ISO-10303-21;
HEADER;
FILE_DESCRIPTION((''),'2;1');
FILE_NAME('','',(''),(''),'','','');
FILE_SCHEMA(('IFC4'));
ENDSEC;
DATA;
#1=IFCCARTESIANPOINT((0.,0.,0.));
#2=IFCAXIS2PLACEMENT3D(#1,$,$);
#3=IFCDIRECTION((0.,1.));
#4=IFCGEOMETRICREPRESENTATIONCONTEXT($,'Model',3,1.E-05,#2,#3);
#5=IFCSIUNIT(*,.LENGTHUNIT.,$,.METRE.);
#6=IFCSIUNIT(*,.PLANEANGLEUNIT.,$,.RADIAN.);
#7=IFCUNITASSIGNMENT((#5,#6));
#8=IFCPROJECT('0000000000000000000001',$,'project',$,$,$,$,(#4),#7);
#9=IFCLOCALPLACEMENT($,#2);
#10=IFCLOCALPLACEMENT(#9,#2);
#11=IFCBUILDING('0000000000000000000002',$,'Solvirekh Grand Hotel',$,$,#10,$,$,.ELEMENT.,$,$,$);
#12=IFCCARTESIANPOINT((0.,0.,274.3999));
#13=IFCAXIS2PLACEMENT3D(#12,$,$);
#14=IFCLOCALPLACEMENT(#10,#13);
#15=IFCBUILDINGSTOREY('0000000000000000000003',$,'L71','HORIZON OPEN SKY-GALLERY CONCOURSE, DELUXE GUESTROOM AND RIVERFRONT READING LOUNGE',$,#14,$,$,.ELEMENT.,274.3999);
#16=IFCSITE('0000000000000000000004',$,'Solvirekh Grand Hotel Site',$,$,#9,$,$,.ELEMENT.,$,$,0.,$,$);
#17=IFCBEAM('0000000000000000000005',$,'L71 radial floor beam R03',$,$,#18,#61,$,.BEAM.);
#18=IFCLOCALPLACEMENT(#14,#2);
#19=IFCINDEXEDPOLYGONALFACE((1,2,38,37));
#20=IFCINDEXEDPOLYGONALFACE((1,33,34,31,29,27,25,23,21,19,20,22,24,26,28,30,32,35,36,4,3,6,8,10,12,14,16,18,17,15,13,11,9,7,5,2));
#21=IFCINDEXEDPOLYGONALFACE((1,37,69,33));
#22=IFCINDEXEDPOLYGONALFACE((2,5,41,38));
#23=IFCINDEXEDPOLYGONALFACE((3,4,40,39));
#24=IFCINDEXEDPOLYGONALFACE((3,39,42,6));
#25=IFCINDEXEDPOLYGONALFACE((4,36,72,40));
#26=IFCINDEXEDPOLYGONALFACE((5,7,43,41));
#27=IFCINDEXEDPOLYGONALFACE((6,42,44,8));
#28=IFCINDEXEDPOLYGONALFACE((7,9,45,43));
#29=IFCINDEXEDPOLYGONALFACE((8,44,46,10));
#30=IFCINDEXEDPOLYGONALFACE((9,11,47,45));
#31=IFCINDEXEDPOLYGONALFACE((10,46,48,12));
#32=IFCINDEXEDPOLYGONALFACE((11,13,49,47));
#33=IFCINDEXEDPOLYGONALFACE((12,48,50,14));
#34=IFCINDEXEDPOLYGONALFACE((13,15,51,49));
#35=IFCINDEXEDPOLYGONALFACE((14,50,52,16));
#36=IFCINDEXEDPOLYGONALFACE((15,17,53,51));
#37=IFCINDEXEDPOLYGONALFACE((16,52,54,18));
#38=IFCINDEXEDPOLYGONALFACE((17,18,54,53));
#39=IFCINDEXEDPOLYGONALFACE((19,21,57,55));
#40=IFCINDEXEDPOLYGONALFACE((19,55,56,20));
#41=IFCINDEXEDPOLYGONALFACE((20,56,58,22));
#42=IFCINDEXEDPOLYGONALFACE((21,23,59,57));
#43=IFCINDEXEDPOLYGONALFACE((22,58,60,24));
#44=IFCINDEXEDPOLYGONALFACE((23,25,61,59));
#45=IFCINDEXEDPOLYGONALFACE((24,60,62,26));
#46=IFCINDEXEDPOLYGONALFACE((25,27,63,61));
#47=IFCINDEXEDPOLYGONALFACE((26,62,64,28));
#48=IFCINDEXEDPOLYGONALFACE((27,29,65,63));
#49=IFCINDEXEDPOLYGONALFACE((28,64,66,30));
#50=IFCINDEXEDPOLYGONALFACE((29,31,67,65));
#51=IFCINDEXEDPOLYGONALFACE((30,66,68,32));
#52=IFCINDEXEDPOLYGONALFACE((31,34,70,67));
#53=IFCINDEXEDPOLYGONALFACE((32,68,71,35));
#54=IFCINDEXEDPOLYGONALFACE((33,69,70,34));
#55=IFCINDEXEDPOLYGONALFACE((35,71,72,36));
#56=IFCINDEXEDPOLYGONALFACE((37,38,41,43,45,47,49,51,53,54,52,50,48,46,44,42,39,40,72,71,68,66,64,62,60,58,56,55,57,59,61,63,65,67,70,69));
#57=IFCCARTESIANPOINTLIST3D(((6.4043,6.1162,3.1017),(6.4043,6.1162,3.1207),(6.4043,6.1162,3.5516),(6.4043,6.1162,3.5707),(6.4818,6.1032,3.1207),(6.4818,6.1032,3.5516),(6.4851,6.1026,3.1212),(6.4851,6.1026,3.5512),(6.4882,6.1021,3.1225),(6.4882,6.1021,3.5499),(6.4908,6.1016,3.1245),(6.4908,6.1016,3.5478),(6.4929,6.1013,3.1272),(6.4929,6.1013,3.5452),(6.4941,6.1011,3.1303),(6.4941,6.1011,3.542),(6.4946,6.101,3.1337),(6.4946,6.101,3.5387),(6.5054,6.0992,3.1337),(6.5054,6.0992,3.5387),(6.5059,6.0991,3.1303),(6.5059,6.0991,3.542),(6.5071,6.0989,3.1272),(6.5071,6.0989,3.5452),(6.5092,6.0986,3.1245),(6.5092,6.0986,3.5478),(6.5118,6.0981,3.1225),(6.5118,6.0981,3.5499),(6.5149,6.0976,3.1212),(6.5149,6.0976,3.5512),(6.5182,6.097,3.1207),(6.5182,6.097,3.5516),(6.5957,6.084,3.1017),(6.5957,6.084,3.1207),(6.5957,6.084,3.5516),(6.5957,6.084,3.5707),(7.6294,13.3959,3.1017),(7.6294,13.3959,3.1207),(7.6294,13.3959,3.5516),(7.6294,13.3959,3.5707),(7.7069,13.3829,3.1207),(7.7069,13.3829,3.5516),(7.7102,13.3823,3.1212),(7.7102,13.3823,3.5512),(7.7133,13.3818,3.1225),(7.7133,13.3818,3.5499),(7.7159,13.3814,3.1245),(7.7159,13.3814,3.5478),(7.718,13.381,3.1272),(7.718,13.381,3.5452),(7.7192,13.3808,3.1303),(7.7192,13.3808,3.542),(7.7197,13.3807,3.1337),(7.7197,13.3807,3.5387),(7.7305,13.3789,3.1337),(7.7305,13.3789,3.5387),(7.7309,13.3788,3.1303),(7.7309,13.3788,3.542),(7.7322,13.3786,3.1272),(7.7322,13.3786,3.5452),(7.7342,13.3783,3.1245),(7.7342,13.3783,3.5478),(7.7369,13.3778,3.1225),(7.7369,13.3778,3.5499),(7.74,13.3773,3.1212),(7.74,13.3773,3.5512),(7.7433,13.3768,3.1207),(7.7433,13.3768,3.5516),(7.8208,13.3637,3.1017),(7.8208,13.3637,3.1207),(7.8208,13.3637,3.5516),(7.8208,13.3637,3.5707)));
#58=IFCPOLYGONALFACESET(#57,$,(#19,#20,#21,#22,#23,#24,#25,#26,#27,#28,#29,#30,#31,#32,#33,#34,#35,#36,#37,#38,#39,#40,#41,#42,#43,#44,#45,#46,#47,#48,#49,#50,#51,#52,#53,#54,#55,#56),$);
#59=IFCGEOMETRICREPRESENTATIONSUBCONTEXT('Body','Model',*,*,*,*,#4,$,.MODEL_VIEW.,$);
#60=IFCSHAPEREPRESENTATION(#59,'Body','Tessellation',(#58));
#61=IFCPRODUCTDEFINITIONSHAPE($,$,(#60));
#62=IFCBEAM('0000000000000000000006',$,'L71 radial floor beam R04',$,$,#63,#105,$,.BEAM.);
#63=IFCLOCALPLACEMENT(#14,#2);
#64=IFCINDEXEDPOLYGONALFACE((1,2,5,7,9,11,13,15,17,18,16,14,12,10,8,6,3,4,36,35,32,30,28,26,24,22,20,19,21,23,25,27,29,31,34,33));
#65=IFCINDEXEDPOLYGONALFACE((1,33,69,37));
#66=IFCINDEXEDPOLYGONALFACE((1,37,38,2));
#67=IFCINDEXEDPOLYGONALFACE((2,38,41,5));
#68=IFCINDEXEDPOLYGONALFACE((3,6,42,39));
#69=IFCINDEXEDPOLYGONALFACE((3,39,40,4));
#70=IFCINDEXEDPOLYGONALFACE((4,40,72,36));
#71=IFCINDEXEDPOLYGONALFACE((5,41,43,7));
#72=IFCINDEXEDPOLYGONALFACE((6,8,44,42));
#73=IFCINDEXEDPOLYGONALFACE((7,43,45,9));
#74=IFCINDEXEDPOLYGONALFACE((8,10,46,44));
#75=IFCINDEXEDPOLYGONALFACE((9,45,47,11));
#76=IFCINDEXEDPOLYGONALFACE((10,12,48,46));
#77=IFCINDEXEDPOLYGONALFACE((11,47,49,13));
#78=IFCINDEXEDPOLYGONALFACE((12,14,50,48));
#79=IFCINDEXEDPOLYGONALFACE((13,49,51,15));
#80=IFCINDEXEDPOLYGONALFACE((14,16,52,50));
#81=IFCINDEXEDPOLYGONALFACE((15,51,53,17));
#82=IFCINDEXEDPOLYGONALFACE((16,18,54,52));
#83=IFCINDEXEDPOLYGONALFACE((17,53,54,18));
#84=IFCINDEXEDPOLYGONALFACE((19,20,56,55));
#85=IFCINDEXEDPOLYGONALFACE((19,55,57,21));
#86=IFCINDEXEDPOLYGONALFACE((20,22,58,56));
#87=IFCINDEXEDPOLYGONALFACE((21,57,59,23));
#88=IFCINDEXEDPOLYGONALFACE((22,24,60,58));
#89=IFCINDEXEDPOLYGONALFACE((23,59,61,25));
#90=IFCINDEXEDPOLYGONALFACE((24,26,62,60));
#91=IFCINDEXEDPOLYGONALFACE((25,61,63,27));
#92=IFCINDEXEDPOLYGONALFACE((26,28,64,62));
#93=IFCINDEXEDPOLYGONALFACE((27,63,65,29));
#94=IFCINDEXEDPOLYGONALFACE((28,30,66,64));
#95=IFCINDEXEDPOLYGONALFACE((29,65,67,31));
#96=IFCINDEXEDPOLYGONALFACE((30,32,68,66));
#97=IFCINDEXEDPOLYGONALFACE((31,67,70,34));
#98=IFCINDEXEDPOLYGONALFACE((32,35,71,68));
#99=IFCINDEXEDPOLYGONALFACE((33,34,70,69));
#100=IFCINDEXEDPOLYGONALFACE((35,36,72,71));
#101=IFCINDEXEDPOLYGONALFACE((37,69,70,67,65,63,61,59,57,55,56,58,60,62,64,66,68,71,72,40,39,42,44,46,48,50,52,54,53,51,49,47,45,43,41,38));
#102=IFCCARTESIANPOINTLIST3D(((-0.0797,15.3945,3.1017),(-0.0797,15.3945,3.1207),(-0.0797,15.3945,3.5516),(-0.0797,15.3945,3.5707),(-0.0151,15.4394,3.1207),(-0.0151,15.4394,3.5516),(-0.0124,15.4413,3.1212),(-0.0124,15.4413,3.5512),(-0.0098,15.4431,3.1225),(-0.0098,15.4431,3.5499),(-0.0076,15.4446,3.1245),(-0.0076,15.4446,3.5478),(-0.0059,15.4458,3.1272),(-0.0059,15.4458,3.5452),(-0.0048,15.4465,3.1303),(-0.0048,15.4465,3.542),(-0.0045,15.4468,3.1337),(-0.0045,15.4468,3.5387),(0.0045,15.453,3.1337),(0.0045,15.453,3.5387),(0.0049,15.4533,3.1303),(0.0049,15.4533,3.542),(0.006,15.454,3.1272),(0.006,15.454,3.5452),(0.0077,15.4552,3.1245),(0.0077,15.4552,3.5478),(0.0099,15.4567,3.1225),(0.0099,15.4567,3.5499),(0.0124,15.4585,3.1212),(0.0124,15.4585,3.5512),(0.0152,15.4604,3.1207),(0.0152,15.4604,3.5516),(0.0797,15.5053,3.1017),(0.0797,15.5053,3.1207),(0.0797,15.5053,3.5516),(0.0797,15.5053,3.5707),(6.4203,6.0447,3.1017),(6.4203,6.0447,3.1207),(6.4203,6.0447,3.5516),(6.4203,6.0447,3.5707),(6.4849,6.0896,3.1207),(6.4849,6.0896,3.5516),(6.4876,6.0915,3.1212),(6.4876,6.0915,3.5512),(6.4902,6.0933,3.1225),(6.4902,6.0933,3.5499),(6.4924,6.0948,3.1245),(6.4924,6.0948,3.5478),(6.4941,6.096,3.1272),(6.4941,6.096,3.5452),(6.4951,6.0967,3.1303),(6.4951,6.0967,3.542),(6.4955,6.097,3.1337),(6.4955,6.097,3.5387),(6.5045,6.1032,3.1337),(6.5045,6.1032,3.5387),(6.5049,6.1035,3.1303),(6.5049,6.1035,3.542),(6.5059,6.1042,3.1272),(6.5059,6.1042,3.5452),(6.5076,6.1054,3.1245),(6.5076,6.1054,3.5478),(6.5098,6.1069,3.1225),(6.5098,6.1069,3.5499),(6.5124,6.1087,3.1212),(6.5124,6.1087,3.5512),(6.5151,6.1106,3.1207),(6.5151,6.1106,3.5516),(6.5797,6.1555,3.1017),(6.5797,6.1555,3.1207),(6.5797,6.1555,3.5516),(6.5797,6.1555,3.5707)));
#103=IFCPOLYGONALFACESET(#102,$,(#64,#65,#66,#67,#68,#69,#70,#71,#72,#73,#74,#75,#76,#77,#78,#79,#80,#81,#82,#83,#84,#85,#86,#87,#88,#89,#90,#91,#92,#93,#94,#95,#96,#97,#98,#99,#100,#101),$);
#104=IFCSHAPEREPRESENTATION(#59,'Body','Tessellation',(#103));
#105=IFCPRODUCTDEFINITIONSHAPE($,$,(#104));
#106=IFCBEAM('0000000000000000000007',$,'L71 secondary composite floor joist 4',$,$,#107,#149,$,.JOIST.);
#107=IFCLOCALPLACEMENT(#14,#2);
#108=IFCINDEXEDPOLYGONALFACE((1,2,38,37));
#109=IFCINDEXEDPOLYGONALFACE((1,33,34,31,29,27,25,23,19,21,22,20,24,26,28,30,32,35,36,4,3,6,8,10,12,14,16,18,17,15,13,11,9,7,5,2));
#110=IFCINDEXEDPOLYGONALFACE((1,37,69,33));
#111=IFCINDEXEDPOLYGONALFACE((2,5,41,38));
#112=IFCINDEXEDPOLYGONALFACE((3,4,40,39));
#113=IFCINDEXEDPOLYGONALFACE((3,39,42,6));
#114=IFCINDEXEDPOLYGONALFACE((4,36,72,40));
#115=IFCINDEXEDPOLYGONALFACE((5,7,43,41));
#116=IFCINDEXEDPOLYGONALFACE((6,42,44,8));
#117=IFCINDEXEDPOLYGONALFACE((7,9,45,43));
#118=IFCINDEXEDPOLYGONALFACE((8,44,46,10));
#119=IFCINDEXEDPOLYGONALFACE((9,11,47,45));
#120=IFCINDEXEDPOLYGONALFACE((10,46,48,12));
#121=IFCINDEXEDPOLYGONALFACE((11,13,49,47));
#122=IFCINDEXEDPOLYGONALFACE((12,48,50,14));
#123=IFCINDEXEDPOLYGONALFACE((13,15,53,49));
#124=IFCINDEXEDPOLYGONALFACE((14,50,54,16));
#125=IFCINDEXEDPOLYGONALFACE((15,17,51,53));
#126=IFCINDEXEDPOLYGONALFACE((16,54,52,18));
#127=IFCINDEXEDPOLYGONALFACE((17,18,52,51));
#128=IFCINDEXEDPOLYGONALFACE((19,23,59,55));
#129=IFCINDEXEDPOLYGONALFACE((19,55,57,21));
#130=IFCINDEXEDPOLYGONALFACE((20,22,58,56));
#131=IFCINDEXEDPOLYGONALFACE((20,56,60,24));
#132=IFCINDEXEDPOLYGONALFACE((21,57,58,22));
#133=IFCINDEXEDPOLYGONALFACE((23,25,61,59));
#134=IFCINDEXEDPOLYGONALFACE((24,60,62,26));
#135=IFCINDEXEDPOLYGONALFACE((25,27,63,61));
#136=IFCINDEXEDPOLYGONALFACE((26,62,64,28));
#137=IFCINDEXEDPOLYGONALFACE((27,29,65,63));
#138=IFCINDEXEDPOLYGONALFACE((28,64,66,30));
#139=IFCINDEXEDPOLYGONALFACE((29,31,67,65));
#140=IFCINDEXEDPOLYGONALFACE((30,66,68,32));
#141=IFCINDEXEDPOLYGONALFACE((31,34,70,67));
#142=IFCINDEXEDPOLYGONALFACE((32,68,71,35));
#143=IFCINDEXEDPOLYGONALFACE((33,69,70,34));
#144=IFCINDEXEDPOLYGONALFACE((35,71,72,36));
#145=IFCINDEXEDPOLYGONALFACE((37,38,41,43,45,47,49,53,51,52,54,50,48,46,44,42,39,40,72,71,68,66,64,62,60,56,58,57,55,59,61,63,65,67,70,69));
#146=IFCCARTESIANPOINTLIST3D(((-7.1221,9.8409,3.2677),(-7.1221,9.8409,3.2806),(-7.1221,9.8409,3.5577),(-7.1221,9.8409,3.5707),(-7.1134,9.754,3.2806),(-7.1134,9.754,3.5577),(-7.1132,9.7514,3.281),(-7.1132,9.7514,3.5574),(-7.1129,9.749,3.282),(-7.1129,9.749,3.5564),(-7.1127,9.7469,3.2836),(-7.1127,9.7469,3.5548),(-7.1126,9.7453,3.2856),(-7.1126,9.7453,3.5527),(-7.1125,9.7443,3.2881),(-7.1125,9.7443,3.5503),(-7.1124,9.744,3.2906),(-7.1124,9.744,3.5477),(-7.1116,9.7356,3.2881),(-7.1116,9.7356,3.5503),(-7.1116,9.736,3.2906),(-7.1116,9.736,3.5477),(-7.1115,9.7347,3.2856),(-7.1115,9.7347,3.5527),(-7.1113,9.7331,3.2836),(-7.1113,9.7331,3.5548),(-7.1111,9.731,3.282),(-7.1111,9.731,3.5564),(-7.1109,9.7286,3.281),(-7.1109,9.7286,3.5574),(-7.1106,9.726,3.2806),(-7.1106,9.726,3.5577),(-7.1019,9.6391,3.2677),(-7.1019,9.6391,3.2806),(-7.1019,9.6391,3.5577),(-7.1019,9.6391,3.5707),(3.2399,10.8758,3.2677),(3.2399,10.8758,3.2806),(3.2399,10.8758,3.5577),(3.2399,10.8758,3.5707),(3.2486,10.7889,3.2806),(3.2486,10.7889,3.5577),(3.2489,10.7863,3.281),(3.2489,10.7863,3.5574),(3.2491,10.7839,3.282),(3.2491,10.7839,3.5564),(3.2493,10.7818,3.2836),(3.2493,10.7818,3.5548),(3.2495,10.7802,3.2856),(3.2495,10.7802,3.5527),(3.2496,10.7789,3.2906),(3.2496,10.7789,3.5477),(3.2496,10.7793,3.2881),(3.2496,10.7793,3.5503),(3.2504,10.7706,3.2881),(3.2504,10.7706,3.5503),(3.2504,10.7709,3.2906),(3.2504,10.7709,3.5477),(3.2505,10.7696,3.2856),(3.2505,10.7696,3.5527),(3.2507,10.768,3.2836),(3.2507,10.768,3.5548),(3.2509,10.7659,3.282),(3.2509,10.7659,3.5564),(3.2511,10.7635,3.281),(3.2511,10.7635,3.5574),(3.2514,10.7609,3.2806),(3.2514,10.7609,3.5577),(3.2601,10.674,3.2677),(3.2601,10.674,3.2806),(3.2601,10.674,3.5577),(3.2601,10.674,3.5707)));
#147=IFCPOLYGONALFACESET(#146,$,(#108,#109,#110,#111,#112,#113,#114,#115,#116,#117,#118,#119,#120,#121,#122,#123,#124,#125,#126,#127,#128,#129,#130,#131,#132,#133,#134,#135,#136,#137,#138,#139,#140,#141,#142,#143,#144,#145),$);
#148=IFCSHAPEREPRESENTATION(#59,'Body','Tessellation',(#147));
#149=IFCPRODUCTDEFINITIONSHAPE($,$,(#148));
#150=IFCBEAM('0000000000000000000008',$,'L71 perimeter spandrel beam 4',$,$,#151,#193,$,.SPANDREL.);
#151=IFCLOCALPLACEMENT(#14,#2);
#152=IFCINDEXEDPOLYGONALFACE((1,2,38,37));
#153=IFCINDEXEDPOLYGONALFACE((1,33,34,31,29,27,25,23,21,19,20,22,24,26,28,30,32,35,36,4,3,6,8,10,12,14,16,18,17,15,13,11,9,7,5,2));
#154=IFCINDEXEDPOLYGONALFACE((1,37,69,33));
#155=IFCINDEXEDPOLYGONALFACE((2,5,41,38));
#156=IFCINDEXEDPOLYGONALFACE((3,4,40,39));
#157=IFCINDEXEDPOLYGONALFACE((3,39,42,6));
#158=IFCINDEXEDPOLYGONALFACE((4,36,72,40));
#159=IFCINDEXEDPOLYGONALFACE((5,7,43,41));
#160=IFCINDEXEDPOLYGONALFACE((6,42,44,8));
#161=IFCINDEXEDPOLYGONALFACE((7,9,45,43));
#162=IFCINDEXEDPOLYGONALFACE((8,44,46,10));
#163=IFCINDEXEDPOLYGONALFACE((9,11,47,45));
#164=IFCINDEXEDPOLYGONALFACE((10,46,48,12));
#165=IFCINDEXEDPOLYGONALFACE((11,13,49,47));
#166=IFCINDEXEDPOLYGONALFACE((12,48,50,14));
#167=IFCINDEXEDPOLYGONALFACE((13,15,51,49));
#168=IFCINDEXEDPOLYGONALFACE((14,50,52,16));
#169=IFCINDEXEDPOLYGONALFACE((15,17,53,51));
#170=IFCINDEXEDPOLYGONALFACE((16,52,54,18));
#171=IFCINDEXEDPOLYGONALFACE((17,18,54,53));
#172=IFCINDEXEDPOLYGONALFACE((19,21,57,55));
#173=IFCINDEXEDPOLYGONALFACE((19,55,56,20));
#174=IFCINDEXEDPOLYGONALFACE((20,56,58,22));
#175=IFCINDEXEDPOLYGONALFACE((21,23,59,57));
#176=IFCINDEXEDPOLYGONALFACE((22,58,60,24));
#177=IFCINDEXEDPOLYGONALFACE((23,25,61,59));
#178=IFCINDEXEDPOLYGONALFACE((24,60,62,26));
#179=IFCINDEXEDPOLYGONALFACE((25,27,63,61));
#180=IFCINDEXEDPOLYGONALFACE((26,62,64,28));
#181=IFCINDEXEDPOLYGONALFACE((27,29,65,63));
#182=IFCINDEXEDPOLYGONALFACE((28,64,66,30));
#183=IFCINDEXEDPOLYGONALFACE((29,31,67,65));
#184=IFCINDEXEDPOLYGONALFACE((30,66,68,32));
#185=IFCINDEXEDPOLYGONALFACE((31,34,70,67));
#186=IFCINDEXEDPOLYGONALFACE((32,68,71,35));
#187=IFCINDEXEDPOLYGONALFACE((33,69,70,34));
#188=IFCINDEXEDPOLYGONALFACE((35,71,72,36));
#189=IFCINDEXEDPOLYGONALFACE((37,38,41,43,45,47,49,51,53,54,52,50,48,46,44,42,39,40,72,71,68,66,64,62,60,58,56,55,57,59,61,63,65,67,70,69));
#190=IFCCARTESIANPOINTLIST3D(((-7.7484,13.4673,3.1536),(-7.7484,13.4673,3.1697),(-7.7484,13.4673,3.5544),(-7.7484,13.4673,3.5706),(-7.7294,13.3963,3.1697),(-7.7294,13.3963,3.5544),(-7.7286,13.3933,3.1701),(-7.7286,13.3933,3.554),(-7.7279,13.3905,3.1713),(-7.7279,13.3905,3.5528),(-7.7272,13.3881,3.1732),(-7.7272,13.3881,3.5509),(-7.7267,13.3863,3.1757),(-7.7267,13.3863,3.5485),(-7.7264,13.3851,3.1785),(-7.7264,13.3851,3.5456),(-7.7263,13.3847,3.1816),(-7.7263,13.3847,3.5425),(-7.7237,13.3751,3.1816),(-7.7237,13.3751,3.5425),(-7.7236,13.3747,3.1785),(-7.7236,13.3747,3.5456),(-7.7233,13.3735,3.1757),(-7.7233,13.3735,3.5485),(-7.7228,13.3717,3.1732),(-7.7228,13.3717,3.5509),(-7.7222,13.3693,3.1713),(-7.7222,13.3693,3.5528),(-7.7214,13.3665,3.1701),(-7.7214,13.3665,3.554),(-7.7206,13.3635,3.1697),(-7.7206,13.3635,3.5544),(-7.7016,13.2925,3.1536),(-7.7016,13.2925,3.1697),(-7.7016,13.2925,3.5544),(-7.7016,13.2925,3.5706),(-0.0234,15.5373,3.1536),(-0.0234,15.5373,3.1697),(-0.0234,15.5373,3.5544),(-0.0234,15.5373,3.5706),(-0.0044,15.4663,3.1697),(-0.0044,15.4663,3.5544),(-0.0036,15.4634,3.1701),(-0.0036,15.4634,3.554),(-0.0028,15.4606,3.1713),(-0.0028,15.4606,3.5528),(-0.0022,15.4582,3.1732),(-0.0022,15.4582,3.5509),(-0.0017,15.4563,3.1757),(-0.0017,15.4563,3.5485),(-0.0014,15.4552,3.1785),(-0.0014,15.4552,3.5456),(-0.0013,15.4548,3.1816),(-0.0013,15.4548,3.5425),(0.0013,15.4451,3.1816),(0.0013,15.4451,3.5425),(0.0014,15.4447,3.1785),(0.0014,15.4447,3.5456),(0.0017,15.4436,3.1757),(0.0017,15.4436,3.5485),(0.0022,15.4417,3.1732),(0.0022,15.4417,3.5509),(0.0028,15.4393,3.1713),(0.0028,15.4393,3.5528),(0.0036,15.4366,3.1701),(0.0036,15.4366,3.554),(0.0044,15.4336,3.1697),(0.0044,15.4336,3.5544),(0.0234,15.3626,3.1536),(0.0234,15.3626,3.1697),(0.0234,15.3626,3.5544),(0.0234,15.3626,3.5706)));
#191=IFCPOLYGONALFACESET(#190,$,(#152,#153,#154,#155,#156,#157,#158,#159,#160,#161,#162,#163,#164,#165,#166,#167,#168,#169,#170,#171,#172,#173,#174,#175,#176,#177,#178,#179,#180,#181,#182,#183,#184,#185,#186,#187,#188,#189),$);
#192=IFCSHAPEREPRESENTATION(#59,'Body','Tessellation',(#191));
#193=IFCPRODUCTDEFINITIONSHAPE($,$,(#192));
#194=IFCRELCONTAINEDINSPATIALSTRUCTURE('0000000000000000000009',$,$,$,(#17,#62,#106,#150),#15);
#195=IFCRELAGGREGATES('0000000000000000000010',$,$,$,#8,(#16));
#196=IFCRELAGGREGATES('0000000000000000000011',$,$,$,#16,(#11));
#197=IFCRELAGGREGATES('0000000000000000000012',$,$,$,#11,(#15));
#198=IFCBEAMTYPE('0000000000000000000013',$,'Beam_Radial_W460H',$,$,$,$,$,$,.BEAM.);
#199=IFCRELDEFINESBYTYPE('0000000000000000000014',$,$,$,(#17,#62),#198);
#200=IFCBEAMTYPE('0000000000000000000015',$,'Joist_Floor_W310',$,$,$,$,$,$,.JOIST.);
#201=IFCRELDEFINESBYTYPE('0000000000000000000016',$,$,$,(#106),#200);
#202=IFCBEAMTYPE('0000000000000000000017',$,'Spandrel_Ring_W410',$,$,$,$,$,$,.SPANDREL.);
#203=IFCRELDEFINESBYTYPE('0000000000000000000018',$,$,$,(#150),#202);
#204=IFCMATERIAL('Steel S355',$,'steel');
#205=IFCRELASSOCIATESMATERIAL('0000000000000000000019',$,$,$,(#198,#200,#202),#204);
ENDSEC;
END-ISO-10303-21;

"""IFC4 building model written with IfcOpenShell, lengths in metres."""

from ifc_helpers import new_model, si_unit, direction, frame, origin, origin_2d, place, context, subcontext, project, spatial, i_section, extrude, material, material_profile, profile_set, type_object, element, save


model = new_model("IFC4")

# Units and contexts
model_context = context("Model", 3, precision=1e-05, world=origin(), true_north=direction((0.0, 1.0)))
body_context = subcontext(model_context, "Body", "Model", "MODEL_VIEW")
ifc_project = project(units=[si_unit("LENGTHUNIT", "METRE"), si_unit("PLANEANGLEUNIT", "RADIAN")], contexts=[model_context])

# Site, building, storey
site_placement = place(None, origin())
site = spatial("IfcSite", under=ifc_project, at=site_placement, Name="Solvirekh Grand Hotel Site", CompositionType="ELEMENT", RefElevation=0.0)
building_placement = place(site_placement, origin())
building = spatial("IfcBuilding", under=site, at=building_placement, Name="Solvirekh Grand Hotel", CompositionType="ELEMENT")
storey_placement = place(building_placement, frame((0.0, 0.0, 274.3999)))
storey = spatial("IfcBuildingStorey", under=building, at=storey_placement, Name="L71", Description="HORIZON OPEN SKY-GALLERY CONCOURSE, DELUXE GUESTROOM AND RIVERFRONT READING LOUNGE", CompositionType="ELEMENT", Elevation=274.3999)

# Beams
ifc_material_1 = material(Name="Steel S355", Category="steel")
ifc_material_profile_1 = material_profile(ifc_material_1, i_section(OverallWidth=0.1941, OverallDepth=0.469, WebThickness=0.011, FlangeThickness=0.019, FilletRadius=0.0129, at=origin_2d()), Name="W460X106")
ifc_profile_set_1 = profile_set([ifc_material_profile_1], Name="Steel S355")
beam_type_1 = type_object("IfcBeamType", Name="Beam_Radial_W460H", PredefinedType="BEAM", material=ifc_profile_set_1)
beam_1_placement = place(storey_placement, frame((6.5, 6.1001, 3.3362), z_axis=(0.165954, 0.986133, 0.0), x_axis=(-0.986133, 0.165954, 0.0)))
element("IfcBeam", 1, at=beam_1_placement, inside=storey, type_object=beam_type_1, Name="L71 radial floor beam R03", PredefinedType="BEAM", context=body_context, shape_type="SweptSolid", body=[
    extrude(i_section(OverallWidth=0.1941, OverallDepth=0.469, WebThickness=0.011, FlangeThickness=0.019, FilletRadius=0.0129, at=origin_2d()), origin(), (0.0, 0.0, 1.0), 7.3821),
])
beam_2_placement = place(storey_placement, frame((6.5, 6.1001, 3.3362), z_axis=(-0.570813, 0.82108, 0.0), x_axis=(-0.82108, -0.570813, 0.0)))
element("IfcBeam", 2, at=beam_2_placement, inside=storey, type_object=beam_type_1, Name="L71 radial floor beam R04", PredefinedType="BEAM", context=body_context, shape_type="SweptSolid", body=[
    extrude(i_section(OverallWidth=0.1941, OverallDepth=0.469, WebThickness=0.011, FlangeThickness=0.019, FilletRadius=0.0129, at=origin_2d()), origin(), (0.0, 0.0, 1.0), 11.3872),
])
ifc_material_profile_2 = material_profile(ifc_material_1, i_section(OverallWidth=0.2029, OverallDepth=0.303, WebThickness=0.0081, FlangeThickness=0.0129, FilletRadius=0.01, at=origin_2d()), Name="W310X60")
ifc_profile_set_2 = profile_set([ifc_material_profile_2], Name="Steel S355")
beam_type_2 = type_object("IfcBeamType", Name="Joist_Floor_W310", PredefinedType="JOIST", material=ifc_profile_set_2)
beam_3_placement = place(storey_placement, frame((3.25, 10.7749, 3.4192), z_axis=(-0.995049, -0.099381, 0.0), x_axis=(0.099381, -0.995049, 0.0)))
element("IfcBeam", 3, at=beam_3_placement, inside=storey, type_object=beam_type_2, Name="L71 secondary composite floor joist 4", PredefinedType="JOIST", context=body_context, shape_type="SweptSolid", body=[
    extrude(i_section(OverallWidth=0.2029, OverallDepth=0.303, WebThickness=0.0081, FlangeThickness=0.0129, FilletRadius=0.01, at=origin_2d()), origin(), (0.0, 0.0, 1.0), 10.4136),
])
ifc_material_profile_3 = material_profile(ifc_material_1, i_section(OverallWidth=0.1809, OverallDepth=0.417, WebThickness=0.01, FlangeThickness=0.0161, FilletRadius=0.012, at=origin_2d()), Name="W410X85")
ifc_profile_set_3 = profile_set([ifc_material_profile_3], Name="Steel S355")
beam_type_3 = type_object("IfcBeamType", Name="Spandrel_Ring_W410", PredefinedType="SPANDREL", material=ifc_profile_set_3)
beam_4_placement = place(storey_placement, frame((0.0, 15.45, 3.3621), z_axis=(-0.965922, -0.258835, 0.0), x_axis=(0.258835, -0.965922, 0.0)))
element("IfcBeam", 4, at=beam_4_placement, inside=storey, type_object=beam_type_3, Name="L71 perimeter spandrel beam 4", PredefinedType="SPANDREL", context=body_context, shape_type="SweptSolid", body=[
    extrude(i_section(OverallWidth=0.1809, OverallDepth=0.417, WebThickness=0.01, FlangeThickness=0.0161, FilletRadius=0.012, at=origin_2d()), origin(), (0.0, 0.0, 1.0), 7.9976),
])

save(model, "model.ifc")
